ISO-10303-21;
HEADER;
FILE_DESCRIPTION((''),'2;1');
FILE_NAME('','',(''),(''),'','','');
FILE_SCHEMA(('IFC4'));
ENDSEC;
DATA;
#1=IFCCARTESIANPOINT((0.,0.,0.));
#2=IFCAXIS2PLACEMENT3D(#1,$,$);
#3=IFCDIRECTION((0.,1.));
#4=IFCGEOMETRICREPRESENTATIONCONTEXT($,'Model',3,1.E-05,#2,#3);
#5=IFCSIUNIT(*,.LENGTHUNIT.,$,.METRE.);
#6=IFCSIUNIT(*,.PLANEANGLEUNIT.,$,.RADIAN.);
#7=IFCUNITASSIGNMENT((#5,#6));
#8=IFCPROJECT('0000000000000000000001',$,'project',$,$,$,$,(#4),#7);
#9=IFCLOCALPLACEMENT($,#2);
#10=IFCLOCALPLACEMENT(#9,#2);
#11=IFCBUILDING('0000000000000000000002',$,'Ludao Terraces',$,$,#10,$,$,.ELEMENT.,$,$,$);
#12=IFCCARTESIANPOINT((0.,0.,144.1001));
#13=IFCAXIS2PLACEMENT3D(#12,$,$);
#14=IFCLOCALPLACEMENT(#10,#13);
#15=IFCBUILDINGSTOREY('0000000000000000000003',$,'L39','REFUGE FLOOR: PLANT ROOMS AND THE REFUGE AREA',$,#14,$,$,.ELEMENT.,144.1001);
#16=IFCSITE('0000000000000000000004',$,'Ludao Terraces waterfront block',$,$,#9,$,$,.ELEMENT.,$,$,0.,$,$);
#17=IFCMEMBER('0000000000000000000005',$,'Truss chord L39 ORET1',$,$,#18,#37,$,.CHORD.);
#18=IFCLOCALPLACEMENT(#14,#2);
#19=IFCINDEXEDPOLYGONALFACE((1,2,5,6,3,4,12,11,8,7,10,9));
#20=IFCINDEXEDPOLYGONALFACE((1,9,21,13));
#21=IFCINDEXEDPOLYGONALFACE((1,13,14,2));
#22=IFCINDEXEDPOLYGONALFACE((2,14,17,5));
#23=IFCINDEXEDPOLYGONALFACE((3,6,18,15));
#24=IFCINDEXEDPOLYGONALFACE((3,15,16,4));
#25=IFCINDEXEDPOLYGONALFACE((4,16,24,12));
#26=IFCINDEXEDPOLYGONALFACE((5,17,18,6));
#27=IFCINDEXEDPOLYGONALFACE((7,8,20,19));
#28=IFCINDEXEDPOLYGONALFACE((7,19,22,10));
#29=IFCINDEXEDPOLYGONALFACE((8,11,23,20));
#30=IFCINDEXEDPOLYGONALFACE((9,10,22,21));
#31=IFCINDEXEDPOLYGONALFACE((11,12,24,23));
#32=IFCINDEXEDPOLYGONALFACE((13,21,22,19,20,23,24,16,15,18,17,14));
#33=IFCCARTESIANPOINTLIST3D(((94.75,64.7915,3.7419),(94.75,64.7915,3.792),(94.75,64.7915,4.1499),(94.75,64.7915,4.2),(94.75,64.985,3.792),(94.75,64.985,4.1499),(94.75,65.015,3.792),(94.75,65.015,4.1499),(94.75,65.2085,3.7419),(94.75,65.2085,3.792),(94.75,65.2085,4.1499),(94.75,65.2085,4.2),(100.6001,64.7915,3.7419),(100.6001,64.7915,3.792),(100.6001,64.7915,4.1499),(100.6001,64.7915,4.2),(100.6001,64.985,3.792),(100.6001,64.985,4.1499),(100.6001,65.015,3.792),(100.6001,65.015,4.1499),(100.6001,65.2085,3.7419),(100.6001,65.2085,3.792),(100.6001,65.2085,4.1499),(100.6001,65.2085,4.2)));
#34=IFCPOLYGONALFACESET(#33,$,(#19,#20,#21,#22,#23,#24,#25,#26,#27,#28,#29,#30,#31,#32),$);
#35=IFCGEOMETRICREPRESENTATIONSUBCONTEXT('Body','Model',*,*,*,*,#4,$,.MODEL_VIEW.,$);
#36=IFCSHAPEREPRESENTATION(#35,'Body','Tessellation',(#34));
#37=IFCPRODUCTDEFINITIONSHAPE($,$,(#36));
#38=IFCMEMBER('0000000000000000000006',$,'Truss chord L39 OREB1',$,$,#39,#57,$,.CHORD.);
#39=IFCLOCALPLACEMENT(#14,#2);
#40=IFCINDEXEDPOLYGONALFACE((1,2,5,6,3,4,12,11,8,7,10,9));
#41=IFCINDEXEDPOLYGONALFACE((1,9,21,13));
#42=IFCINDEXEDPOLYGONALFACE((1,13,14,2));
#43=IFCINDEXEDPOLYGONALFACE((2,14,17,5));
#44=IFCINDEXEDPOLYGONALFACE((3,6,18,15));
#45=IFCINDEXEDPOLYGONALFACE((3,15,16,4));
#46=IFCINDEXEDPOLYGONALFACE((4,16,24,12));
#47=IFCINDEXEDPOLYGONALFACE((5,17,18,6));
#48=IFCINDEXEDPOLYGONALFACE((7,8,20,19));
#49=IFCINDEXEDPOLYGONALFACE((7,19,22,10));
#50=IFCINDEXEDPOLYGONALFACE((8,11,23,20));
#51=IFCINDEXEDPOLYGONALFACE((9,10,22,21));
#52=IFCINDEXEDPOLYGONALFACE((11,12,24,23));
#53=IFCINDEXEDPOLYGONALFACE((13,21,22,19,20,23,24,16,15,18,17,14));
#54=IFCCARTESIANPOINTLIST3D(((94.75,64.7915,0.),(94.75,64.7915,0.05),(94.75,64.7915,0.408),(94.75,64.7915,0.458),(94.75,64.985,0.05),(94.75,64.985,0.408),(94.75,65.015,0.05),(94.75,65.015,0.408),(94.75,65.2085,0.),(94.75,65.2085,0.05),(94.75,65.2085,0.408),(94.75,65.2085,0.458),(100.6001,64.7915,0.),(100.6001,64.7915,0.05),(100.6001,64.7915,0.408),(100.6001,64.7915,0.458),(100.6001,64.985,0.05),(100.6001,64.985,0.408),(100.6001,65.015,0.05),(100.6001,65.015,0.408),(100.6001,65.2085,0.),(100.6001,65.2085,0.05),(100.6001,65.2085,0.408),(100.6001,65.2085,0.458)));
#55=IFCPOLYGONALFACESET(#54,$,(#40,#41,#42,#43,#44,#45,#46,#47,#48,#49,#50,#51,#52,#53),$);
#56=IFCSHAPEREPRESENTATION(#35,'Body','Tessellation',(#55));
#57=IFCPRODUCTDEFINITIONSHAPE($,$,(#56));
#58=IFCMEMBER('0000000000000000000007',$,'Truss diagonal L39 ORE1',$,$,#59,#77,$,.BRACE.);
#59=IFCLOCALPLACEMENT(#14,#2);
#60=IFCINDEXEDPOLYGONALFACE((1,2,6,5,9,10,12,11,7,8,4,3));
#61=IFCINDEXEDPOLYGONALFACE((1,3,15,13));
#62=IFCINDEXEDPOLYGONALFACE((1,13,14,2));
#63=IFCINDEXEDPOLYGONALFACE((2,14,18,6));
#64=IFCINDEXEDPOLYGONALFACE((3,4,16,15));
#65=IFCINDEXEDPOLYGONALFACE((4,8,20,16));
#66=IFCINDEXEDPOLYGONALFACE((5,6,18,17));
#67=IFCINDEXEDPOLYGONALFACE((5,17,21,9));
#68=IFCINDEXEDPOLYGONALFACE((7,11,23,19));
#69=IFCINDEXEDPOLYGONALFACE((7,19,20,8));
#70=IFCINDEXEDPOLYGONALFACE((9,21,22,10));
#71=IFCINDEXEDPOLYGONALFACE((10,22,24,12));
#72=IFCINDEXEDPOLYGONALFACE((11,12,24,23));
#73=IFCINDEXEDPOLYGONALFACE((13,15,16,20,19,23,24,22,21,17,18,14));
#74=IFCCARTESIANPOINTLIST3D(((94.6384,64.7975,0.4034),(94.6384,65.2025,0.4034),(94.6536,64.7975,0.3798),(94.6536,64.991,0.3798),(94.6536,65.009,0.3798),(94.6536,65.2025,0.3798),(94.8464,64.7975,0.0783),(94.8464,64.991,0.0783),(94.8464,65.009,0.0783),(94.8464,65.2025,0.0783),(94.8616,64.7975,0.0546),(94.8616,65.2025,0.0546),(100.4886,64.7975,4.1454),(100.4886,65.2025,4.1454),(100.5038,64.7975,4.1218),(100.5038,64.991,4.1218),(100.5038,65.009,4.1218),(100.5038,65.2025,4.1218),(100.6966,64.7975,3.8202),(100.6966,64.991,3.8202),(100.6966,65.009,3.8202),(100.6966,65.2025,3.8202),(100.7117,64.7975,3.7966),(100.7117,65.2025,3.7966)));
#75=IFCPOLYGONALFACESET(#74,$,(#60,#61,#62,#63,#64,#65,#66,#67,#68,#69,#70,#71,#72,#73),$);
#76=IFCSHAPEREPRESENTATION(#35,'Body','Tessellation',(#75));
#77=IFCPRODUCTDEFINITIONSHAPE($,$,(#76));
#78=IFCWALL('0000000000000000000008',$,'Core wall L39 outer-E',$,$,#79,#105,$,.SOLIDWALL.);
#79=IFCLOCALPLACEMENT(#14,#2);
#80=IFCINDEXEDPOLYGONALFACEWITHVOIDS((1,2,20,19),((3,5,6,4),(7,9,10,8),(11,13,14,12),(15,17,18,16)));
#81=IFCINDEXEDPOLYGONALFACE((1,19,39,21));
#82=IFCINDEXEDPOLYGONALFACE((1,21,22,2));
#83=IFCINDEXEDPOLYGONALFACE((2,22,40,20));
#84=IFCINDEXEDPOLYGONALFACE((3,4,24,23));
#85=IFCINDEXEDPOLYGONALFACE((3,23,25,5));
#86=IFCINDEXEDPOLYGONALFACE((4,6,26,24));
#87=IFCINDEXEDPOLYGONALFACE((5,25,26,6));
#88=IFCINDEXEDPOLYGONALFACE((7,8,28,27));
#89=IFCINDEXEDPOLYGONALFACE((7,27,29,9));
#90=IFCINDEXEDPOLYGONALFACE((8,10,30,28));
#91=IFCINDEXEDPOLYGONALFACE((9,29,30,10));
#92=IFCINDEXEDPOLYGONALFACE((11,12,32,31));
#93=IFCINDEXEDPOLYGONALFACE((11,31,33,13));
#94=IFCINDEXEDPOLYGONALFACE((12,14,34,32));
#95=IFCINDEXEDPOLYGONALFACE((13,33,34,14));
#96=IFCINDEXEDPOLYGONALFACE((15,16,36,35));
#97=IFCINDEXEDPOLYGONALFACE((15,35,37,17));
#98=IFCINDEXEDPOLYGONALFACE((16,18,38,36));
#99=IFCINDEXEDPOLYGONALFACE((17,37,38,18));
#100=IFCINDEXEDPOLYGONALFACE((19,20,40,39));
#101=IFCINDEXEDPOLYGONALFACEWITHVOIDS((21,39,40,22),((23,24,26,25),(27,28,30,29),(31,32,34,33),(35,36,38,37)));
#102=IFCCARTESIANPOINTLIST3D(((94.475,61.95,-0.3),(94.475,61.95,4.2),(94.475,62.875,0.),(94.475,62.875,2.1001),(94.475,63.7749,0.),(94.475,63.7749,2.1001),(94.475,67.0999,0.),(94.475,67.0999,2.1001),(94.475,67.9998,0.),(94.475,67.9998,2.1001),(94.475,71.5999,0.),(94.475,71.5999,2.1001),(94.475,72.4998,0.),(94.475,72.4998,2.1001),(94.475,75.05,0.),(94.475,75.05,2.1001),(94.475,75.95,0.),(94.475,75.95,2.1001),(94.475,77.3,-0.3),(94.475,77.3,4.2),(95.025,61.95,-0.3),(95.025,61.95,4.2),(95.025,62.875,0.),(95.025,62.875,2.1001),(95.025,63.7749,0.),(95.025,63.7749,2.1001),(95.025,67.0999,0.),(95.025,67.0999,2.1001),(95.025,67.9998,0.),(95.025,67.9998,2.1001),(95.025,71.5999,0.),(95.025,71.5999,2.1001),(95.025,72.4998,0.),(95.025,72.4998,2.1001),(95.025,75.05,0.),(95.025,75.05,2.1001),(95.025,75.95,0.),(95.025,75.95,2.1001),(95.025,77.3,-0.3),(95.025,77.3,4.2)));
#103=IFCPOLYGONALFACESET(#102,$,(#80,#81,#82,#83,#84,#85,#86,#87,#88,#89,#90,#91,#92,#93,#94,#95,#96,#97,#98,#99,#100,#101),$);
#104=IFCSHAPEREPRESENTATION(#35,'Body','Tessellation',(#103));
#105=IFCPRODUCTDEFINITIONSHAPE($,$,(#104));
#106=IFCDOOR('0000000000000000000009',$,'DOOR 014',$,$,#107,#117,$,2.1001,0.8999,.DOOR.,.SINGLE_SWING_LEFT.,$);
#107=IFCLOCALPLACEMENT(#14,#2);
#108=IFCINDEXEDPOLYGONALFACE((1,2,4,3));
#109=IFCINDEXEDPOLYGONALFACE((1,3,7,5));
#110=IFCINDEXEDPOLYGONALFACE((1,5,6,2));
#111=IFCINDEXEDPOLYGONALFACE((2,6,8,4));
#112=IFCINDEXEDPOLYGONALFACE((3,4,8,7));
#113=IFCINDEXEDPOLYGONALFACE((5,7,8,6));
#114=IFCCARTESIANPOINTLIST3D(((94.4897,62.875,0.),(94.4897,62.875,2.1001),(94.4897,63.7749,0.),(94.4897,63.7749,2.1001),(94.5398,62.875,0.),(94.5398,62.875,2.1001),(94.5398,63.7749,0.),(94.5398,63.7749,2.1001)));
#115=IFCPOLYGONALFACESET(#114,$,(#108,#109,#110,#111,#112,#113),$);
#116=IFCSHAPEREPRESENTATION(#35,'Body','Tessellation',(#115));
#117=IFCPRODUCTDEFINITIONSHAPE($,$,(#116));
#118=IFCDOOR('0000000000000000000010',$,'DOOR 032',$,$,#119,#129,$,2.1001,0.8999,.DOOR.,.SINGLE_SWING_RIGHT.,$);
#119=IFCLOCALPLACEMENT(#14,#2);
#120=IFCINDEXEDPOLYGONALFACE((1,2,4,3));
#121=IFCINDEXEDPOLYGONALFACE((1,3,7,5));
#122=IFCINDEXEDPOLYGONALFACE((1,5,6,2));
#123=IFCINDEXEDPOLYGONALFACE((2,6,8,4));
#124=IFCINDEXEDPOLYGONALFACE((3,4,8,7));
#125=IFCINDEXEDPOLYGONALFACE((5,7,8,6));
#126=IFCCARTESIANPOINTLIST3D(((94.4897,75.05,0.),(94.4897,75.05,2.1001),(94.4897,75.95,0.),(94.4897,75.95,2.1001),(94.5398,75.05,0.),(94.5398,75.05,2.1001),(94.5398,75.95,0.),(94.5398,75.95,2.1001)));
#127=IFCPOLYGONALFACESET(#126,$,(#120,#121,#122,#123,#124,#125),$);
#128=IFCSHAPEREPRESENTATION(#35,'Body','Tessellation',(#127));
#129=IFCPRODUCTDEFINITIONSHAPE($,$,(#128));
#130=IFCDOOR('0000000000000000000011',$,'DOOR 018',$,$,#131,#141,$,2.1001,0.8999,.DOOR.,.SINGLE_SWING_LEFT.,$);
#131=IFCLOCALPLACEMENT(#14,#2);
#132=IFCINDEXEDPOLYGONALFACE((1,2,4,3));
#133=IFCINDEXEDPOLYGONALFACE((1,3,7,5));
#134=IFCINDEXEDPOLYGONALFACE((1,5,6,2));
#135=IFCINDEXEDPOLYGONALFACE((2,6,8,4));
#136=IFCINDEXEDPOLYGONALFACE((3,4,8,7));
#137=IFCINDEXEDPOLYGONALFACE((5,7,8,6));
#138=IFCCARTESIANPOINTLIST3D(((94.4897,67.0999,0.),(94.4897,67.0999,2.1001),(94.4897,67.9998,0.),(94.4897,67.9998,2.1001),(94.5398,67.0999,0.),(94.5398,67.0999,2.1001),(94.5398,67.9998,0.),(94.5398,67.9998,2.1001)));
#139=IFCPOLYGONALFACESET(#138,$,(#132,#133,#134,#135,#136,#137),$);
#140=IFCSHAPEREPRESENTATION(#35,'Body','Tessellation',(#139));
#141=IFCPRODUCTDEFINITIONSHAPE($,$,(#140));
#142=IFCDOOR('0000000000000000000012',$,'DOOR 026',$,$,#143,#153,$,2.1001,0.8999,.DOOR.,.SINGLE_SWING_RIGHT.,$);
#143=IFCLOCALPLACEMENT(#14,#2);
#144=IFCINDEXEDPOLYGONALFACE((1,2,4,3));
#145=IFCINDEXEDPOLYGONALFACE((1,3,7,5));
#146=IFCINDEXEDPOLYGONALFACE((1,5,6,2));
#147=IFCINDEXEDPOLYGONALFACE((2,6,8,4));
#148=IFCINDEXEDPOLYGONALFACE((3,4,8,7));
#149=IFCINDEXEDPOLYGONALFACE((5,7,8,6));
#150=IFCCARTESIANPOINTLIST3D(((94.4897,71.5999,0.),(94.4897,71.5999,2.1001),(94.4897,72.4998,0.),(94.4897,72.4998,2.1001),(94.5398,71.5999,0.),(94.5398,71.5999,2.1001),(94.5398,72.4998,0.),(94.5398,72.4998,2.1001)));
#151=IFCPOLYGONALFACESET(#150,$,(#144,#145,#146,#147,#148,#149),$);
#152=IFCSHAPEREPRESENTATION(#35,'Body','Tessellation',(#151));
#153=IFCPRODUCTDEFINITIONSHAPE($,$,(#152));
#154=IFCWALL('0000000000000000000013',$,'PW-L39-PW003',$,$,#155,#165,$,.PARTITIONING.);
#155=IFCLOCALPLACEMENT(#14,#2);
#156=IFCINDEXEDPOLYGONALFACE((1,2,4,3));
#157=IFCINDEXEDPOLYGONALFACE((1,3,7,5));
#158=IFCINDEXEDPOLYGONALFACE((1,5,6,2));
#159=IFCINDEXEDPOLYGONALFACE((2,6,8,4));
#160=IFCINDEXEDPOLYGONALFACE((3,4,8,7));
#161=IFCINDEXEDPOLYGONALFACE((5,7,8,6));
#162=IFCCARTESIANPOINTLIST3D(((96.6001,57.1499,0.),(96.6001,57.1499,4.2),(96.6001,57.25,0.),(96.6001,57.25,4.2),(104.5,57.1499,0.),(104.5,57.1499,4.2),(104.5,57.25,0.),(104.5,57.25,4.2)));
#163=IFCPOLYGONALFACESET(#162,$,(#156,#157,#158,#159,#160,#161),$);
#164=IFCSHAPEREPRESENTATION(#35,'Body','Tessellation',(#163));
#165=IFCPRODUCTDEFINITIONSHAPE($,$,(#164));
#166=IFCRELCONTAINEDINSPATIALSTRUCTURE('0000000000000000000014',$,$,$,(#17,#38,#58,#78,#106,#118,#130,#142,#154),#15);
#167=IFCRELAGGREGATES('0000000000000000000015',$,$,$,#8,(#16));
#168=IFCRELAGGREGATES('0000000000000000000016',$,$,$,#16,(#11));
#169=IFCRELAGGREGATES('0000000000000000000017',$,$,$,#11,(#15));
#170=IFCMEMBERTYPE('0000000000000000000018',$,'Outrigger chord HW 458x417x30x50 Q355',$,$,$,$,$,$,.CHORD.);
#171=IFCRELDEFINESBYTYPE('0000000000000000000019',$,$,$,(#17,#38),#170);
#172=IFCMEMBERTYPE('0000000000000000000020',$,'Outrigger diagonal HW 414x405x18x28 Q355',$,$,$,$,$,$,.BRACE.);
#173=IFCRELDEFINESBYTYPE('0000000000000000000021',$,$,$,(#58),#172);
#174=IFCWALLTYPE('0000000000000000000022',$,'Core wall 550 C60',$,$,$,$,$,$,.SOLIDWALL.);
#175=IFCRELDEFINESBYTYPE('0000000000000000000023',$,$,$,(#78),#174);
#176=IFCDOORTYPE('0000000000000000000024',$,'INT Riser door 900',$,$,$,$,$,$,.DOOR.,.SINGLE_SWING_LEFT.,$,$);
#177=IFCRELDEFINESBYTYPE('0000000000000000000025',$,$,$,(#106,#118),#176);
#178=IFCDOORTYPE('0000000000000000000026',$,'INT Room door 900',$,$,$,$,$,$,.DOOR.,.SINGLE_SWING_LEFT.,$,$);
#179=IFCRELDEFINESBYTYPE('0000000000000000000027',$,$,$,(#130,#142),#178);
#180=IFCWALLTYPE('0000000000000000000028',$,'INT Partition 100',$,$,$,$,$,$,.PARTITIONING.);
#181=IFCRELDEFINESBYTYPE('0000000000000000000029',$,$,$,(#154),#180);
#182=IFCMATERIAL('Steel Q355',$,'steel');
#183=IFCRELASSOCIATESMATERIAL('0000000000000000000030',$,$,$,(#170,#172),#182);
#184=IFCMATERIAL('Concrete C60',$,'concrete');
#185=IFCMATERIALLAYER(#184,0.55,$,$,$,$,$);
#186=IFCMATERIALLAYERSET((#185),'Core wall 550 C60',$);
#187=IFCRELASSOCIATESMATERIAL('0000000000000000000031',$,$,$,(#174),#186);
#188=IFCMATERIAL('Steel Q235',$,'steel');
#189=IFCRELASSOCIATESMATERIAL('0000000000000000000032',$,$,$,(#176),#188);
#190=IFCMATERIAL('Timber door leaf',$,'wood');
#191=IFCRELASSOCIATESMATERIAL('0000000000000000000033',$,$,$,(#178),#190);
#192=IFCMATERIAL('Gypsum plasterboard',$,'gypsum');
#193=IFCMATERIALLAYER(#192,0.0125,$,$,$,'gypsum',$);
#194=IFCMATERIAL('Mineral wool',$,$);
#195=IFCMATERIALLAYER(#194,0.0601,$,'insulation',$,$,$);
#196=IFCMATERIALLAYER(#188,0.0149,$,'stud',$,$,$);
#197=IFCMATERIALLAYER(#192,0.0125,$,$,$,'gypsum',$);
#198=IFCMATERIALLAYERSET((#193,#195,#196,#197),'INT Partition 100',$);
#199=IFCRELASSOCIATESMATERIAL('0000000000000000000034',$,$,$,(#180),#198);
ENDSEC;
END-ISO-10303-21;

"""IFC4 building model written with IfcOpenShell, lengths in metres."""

from ifc_helpers import new_model, si_unit, direction, frame, frame_2d, origin, origin_2d, place, context, subcontext, project, spatial, rectangle, i_section, extrude, material, layer, layer_set, material_profile, profile_set, type_object, element, fill, save


model = new_model("IFC4")

# Units and contexts
model_context = context("Model", 3, precision=1e-05, world=origin(), true_north=direction((0.0, 1.0)))
body_context = subcontext(model_context, "Body", "Model", "MODEL_VIEW")
ifc_project = project(units=[si_unit("LENGTHUNIT", "METRE"), si_unit("PLANEANGLEUNIT", "RADIAN")], contexts=[model_context])

# Site, building, storey
site_placement = place(None, origin())
site = spatial("IfcSite", under=ifc_project, at=site_placement, Name="Ludao Terraces waterfront block", CompositionType="ELEMENT", RefElevation=0.0)
building_placement = place(site_placement, origin())
building = spatial("IfcBuilding", under=site, at=building_placement, Name="Ludao Terraces", CompositionType="ELEMENT")
storey_placement = place(building_placement, frame((0.0, 0.0, 144.1001)))
storey = spatial("IfcBuildingStorey", under=building, at=storey_placement, Name="L39", Description="REFUGE FLOOR: PLANT ROOMS AND THE REFUGE AREA", CompositionType="ELEMENT", Elevation=144.1001)

# Members
ifc_material_1 = material(Name="Steel Q355", Category="steel")
ifc_material_profile_1 = material_profile(ifc_material_1, i_section(OverallWidth=0.417, OverallDepth=0.458, WebThickness=0.03, FlangeThickness=0.05, at=origin_2d()), Name="HW 458X417X30X50")
ifc_profile_set_1 = profile_set([ifc_material_profile_1], Name="Steel Q355")
member_type_1 = type_object("IfcMemberType", Name="Outrigger chord HW 458x417x30x50 Q355", PredefinedType="CHORD", material=ifc_profile_set_1)
for number, where, z_axis, x_axis, name in (
    (1, (94.75, 65.0, 3.9709), (1.0, 0.0, 0.0), (0.0, 1.0, 0.0), "Truss chord L39 ORET1"),
    (2, (94.75, 65.0, 0.229), (1.0, 0.0, 0.0), (0.0, 1.0, 0.0), "Truss chord L39 OREB1"),
):
    element("IfcMember", number, at=place(storey_placement, frame(where, z_axis=z_axis, x_axis=x_axis)), inside=storey, type_object=member_type_1, Name=name, PredefinedType="CHORD", context=body_context, shape_type="SweptSolid", body=[
        extrude(i_section(OverallWidth=0.417, OverallDepth=0.458, WebThickness=0.03, FlangeThickness=0.05, at=origin_2d()), origin(), (0.0, 0.0, 1.0), 5.8501),
    ])
ifc_material_profile_2 = material_profile(ifc_material_1, i_section(OverallWidth=0.405, OverallDepth=0.4141, WebThickness=0.0181, FlangeThickness=0.0281, at=origin_2d()), Name="HW 414X405X18X28")
ifc_profile_set_2 = profile_set([ifc_material_profile_2], Name="Steel Q355")
member_type_2 = type_object("IfcMemberType", Name="Outrigger diagonal HW 414x405x18x28 Q355", PredefinedType="BRACE", material=ifc_profile_set_2)
member_placement = place(storey_placement, frame((94.75, 65.0, 0.229), z_axis=(0.84241, 0.0, 0.538837), x_axis=(0.0, 1.0, 0.0)))
element("IfcMember", 3, at=member_placement, inside=storey, type_object=member_type_2, Name="Truss diagonal L39 ORE1", PredefinedType="BRACE", context=body_context, shape_type="SweptSolid", body=[
    extrude(i_section(OverallWidth=0.405, OverallDepth=0.4141, WebThickness=0.0181, FlangeThickness=0.0281, at=origin_2d()), origin(), (0.0, 0.0, 1.0), 6.9446),
])

# Wall, openings, doors
ifc_material_2 = material(Name="Concrete C60", Category="concrete")
ifc_layer_1 = layer(ifc_material_2, 0.55)
ifc_layer_set_1 = layer_set([ifc_layer_1], Name="Core wall 550 C60")
wall_type_1 = type_object("IfcWallType", Name="Core wall 550 C60", PredefinedType="SOLIDWALL", material=ifc_layer_set_1)
wall_1_placement = place(storey_placement, frame((94.75, 61.95, -0.3), z_axis=(0.0, 0.0, 1.0), x_axis=(0.0, 1.0, 0.0)))
wall_1 = element("IfcWall", 4, at=wall_1_placement, inside=storey, type_object=wall_type_1, Name="Core wall L39 outer-E", PredefinedType="SOLIDWALL", context=body_context, shape_type="SweptSolid", body=[
    extrude(rectangle(XDim=15.3501, YDim=0.55, at=frame_2d((7.675, 0.0))), origin(), (0.0, 0.0, 1.0), 4.5),
])
opening_1_placement = place(wall_1_placement, frame((0.925, 0.0, 0.3)))
opening_1 = element("IfcOpeningElement", 5, at=opening_1_placement, cuts=wall_1, PredefinedType="OPENING", context=body_context, shape_type="SweptSolid", body=[
    extrude(rectangle(XDim=0.8999, YDim=2.1001, at=frame_2d((0.45, 1.05))), frame((0.0, 0.2852, 0.0), z_axis=(0.0, -1.0, 0.0), x_axis=(1.0, 0.0, 0.0)), (0.0, 0.0, 1.0), 0.5701),
])
opening_2_placement = place(wall_1_placement, frame((5.1499, 0.0, 0.3)))
opening_2 = element("IfcOpeningElement", 6, at=opening_2_placement, cuts=wall_1, PredefinedType="OPENING", context=body_context, shape_type="SweptSolid", body=[
    extrude(rectangle(XDim=0.8999, YDim=2.1001, at=frame_2d((0.45, 1.05))), frame((0.0, 0.2852, 0.0), z_axis=(0.0, -1.0, 0.0), x_axis=(1.0, 0.0, 0.0)), (0.0, 0.0, 1.0), 0.5701),
])
opening_3_placement = place(wall_1_placement, frame((9.6499, 0.0, 0.3)))
opening_3 = element("IfcOpeningElement", 7, at=opening_3_placement, cuts=wall_1, PredefinedType="OPENING", context=body_context, shape_type="SweptSolid", body=[
    extrude(rectangle(XDim=0.8999, YDim=2.1001, at=frame_2d((0.45, 1.05))), frame((0.0, 0.2852, 0.0), z_axis=(0.0, -1.0, 0.0), x_axis=(1.0, 0.0, 0.0)), (0.0, 0.0, 1.0), 0.5701),
])
opening_4_placement = place(wall_1_placement, frame((13.1001, 0.0, 0.3)))
opening_4 = element("IfcOpeningElement", 8, at=opening_4_placement, cuts=wall_1, PredefinedType="OPENING", context=body_context, shape_type="SweptSolid", body=[
    extrude(rectangle(XDim=0.8999, YDim=2.1001, at=frame_2d((0.45, 1.05))), frame((0.0, 0.2852, 0.0), z_axis=(0.0, -1.0, 0.0), x_axis=(1.0, 0.0, 0.0)), (0.0, 0.0, 1.0), 0.5701),
])
ifc_material_3 = material(Name="Steel Q235", Category="steel")
door_type_1 = type_object("IfcDoorType", Name="INT Riser door 900", OperationType="SINGLE_SWING_LEFT", PredefinedType="DOOR", material=ifc_material_3)
door_1_placement = place(opening_1_placement, origin())
door_1 = element("IfcDoor", 9, at=door_1_placement, inside=storey, type_object=door_type_1, Name="DOOR 014", OperationType="SINGLE_SWING_LEFT", OverallHeight=2.1001, OverallWidth=0.8999, PredefinedType="DOOR", context=body_context, shape_type="SweptSolid", body=[
    extrude(rectangle(XDim=0.8999, YDim=2.1001, at=frame_2d((0.45, 1.05))), frame((0.0, 0.2603, 0.0), z_axis=(0.0, -1.0, 0.0), x_axis=(1.0, 0.0, 0.0)), (0.0, 0.0, 1.0), 0.05),
])
fill(opening_1, door_1)
door_2_placement = place(opening_4_placement, origin())
door_2 = element("IfcDoor", 10, at=door_2_placement, inside=storey, type_object=door_type_1, Name="DOOR 032", OperationType="SINGLE_SWING_RIGHT", OverallHeight=2.1001, OverallWidth=0.8999, PredefinedType="DOOR", context=body_context, shape_type="SweptSolid", body=[
    extrude(rectangle(XDim=0.8999, YDim=2.1001, at=frame_2d((0.45, 1.05))), frame((0.0, 0.2603, 0.0), z_axis=(0.0, -1.0, 0.0), x_axis=(1.0, 0.0, 0.0)), (0.0, 0.0, 1.0), 0.05),
])
fill(opening_4, door_2)
ifc_material_4 = material(Name="Timber door leaf", Category="wood")
door_type_2 = type_object("IfcDoorType", Name="INT Room door 900", OperationType="SINGLE_SWING_LEFT", PredefinedType="DOOR", material=ifc_material_4)
door_3_placement = place(opening_2_placement, origin())
door_3 = element("IfcDoor", 11, at=door_3_placement, inside=storey, type_object=door_type_2, Name="DOOR 018", OperationType="SINGLE_SWING_LEFT", OverallHeight=2.1001, OverallWidth=0.8999, PredefinedType="DOOR", context=body_context, shape_type="SweptSolid", body=[
    extrude(rectangle(XDim=0.8999, YDim=2.1001, at=frame_2d((0.45, 1.05))), frame((0.0, 0.2603, 0.0), z_axis=(0.0, -1.0, 0.0), x_axis=(1.0, 0.0, 0.0)), (0.0, 0.0, 1.0), 0.05),
])
fill(opening_2, door_3)
door_4_placement = place(opening_3_placement, origin())
door_4 = element("IfcDoor", 12, at=door_4_placement, inside=storey, type_object=door_type_2, Name="DOOR 026", OperationType="SINGLE_SWING_RIGHT", OverallHeight=2.1001, OverallWidth=0.8999, PredefinedType="DOOR", context=body_context, shape_type="SweptSolid", body=[
    extrude(rectangle(XDim=0.8999, YDim=2.1001, at=frame_2d((0.45, 1.05))), frame((0.0, 0.2603, 0.0), z_axis=(0.0, -1.0, 0.0), x_axis=(1.0, 0.0, 0.0)), (0.0, 0.0, 1.0), 0.05),
])
fill(opening_3, door_4)

# Wall
ifc_material_5 = material(Name="Gypsum plasterboard", Category="gypsum")
ifc_layer_2 = layer(ifc_material_5, 0.0125, Category="gypsum")
ifc_material_6 = material(Name="Mineral wool")
ifc_layer_3 = layer(ifc_material_6, 0.0601, Name="insulation")
ifc_layer_4 = layer(ifc_material_3, 0.0149, Name="stud")
ifc_layer_5 = layer(ifc_material_5, 0.0125, Category="gypsum")
ifc_layer_set_2 = layer_set([ifc_layer_2, ifc_layer_3, ifc_layer_4, ifc_layer_5], Name="INT Partition 100")
wall_type_2 = type_object("IfcWallType", Name="INT Partition 100", PredefinedType="PARTITIONING", material=ifc_layer_set_2)
wall_2_placement = place(storey_placement, frame((96.6001, 57.2, 0.0), z_axis=(0.0, 0.0, 1.0), x_axis=(1.0, 0.0, 0.0)))
element("IfcWall", 13, at=wall_2_placement, inside=storey, type_object=wall_type_2, Name="PW-L39-PW003", PredefinedType="PARTITIONING", context=body_context, shape_type="SweptSolid", body=[
    extrude(rectangle(XDim=7.8999, YDim=0.1001, at=frame_2d((3.95, 0.0))), origin(), (0.0, 0.0, 1.0), 4.2),
])

save(model, "model.ifc")
